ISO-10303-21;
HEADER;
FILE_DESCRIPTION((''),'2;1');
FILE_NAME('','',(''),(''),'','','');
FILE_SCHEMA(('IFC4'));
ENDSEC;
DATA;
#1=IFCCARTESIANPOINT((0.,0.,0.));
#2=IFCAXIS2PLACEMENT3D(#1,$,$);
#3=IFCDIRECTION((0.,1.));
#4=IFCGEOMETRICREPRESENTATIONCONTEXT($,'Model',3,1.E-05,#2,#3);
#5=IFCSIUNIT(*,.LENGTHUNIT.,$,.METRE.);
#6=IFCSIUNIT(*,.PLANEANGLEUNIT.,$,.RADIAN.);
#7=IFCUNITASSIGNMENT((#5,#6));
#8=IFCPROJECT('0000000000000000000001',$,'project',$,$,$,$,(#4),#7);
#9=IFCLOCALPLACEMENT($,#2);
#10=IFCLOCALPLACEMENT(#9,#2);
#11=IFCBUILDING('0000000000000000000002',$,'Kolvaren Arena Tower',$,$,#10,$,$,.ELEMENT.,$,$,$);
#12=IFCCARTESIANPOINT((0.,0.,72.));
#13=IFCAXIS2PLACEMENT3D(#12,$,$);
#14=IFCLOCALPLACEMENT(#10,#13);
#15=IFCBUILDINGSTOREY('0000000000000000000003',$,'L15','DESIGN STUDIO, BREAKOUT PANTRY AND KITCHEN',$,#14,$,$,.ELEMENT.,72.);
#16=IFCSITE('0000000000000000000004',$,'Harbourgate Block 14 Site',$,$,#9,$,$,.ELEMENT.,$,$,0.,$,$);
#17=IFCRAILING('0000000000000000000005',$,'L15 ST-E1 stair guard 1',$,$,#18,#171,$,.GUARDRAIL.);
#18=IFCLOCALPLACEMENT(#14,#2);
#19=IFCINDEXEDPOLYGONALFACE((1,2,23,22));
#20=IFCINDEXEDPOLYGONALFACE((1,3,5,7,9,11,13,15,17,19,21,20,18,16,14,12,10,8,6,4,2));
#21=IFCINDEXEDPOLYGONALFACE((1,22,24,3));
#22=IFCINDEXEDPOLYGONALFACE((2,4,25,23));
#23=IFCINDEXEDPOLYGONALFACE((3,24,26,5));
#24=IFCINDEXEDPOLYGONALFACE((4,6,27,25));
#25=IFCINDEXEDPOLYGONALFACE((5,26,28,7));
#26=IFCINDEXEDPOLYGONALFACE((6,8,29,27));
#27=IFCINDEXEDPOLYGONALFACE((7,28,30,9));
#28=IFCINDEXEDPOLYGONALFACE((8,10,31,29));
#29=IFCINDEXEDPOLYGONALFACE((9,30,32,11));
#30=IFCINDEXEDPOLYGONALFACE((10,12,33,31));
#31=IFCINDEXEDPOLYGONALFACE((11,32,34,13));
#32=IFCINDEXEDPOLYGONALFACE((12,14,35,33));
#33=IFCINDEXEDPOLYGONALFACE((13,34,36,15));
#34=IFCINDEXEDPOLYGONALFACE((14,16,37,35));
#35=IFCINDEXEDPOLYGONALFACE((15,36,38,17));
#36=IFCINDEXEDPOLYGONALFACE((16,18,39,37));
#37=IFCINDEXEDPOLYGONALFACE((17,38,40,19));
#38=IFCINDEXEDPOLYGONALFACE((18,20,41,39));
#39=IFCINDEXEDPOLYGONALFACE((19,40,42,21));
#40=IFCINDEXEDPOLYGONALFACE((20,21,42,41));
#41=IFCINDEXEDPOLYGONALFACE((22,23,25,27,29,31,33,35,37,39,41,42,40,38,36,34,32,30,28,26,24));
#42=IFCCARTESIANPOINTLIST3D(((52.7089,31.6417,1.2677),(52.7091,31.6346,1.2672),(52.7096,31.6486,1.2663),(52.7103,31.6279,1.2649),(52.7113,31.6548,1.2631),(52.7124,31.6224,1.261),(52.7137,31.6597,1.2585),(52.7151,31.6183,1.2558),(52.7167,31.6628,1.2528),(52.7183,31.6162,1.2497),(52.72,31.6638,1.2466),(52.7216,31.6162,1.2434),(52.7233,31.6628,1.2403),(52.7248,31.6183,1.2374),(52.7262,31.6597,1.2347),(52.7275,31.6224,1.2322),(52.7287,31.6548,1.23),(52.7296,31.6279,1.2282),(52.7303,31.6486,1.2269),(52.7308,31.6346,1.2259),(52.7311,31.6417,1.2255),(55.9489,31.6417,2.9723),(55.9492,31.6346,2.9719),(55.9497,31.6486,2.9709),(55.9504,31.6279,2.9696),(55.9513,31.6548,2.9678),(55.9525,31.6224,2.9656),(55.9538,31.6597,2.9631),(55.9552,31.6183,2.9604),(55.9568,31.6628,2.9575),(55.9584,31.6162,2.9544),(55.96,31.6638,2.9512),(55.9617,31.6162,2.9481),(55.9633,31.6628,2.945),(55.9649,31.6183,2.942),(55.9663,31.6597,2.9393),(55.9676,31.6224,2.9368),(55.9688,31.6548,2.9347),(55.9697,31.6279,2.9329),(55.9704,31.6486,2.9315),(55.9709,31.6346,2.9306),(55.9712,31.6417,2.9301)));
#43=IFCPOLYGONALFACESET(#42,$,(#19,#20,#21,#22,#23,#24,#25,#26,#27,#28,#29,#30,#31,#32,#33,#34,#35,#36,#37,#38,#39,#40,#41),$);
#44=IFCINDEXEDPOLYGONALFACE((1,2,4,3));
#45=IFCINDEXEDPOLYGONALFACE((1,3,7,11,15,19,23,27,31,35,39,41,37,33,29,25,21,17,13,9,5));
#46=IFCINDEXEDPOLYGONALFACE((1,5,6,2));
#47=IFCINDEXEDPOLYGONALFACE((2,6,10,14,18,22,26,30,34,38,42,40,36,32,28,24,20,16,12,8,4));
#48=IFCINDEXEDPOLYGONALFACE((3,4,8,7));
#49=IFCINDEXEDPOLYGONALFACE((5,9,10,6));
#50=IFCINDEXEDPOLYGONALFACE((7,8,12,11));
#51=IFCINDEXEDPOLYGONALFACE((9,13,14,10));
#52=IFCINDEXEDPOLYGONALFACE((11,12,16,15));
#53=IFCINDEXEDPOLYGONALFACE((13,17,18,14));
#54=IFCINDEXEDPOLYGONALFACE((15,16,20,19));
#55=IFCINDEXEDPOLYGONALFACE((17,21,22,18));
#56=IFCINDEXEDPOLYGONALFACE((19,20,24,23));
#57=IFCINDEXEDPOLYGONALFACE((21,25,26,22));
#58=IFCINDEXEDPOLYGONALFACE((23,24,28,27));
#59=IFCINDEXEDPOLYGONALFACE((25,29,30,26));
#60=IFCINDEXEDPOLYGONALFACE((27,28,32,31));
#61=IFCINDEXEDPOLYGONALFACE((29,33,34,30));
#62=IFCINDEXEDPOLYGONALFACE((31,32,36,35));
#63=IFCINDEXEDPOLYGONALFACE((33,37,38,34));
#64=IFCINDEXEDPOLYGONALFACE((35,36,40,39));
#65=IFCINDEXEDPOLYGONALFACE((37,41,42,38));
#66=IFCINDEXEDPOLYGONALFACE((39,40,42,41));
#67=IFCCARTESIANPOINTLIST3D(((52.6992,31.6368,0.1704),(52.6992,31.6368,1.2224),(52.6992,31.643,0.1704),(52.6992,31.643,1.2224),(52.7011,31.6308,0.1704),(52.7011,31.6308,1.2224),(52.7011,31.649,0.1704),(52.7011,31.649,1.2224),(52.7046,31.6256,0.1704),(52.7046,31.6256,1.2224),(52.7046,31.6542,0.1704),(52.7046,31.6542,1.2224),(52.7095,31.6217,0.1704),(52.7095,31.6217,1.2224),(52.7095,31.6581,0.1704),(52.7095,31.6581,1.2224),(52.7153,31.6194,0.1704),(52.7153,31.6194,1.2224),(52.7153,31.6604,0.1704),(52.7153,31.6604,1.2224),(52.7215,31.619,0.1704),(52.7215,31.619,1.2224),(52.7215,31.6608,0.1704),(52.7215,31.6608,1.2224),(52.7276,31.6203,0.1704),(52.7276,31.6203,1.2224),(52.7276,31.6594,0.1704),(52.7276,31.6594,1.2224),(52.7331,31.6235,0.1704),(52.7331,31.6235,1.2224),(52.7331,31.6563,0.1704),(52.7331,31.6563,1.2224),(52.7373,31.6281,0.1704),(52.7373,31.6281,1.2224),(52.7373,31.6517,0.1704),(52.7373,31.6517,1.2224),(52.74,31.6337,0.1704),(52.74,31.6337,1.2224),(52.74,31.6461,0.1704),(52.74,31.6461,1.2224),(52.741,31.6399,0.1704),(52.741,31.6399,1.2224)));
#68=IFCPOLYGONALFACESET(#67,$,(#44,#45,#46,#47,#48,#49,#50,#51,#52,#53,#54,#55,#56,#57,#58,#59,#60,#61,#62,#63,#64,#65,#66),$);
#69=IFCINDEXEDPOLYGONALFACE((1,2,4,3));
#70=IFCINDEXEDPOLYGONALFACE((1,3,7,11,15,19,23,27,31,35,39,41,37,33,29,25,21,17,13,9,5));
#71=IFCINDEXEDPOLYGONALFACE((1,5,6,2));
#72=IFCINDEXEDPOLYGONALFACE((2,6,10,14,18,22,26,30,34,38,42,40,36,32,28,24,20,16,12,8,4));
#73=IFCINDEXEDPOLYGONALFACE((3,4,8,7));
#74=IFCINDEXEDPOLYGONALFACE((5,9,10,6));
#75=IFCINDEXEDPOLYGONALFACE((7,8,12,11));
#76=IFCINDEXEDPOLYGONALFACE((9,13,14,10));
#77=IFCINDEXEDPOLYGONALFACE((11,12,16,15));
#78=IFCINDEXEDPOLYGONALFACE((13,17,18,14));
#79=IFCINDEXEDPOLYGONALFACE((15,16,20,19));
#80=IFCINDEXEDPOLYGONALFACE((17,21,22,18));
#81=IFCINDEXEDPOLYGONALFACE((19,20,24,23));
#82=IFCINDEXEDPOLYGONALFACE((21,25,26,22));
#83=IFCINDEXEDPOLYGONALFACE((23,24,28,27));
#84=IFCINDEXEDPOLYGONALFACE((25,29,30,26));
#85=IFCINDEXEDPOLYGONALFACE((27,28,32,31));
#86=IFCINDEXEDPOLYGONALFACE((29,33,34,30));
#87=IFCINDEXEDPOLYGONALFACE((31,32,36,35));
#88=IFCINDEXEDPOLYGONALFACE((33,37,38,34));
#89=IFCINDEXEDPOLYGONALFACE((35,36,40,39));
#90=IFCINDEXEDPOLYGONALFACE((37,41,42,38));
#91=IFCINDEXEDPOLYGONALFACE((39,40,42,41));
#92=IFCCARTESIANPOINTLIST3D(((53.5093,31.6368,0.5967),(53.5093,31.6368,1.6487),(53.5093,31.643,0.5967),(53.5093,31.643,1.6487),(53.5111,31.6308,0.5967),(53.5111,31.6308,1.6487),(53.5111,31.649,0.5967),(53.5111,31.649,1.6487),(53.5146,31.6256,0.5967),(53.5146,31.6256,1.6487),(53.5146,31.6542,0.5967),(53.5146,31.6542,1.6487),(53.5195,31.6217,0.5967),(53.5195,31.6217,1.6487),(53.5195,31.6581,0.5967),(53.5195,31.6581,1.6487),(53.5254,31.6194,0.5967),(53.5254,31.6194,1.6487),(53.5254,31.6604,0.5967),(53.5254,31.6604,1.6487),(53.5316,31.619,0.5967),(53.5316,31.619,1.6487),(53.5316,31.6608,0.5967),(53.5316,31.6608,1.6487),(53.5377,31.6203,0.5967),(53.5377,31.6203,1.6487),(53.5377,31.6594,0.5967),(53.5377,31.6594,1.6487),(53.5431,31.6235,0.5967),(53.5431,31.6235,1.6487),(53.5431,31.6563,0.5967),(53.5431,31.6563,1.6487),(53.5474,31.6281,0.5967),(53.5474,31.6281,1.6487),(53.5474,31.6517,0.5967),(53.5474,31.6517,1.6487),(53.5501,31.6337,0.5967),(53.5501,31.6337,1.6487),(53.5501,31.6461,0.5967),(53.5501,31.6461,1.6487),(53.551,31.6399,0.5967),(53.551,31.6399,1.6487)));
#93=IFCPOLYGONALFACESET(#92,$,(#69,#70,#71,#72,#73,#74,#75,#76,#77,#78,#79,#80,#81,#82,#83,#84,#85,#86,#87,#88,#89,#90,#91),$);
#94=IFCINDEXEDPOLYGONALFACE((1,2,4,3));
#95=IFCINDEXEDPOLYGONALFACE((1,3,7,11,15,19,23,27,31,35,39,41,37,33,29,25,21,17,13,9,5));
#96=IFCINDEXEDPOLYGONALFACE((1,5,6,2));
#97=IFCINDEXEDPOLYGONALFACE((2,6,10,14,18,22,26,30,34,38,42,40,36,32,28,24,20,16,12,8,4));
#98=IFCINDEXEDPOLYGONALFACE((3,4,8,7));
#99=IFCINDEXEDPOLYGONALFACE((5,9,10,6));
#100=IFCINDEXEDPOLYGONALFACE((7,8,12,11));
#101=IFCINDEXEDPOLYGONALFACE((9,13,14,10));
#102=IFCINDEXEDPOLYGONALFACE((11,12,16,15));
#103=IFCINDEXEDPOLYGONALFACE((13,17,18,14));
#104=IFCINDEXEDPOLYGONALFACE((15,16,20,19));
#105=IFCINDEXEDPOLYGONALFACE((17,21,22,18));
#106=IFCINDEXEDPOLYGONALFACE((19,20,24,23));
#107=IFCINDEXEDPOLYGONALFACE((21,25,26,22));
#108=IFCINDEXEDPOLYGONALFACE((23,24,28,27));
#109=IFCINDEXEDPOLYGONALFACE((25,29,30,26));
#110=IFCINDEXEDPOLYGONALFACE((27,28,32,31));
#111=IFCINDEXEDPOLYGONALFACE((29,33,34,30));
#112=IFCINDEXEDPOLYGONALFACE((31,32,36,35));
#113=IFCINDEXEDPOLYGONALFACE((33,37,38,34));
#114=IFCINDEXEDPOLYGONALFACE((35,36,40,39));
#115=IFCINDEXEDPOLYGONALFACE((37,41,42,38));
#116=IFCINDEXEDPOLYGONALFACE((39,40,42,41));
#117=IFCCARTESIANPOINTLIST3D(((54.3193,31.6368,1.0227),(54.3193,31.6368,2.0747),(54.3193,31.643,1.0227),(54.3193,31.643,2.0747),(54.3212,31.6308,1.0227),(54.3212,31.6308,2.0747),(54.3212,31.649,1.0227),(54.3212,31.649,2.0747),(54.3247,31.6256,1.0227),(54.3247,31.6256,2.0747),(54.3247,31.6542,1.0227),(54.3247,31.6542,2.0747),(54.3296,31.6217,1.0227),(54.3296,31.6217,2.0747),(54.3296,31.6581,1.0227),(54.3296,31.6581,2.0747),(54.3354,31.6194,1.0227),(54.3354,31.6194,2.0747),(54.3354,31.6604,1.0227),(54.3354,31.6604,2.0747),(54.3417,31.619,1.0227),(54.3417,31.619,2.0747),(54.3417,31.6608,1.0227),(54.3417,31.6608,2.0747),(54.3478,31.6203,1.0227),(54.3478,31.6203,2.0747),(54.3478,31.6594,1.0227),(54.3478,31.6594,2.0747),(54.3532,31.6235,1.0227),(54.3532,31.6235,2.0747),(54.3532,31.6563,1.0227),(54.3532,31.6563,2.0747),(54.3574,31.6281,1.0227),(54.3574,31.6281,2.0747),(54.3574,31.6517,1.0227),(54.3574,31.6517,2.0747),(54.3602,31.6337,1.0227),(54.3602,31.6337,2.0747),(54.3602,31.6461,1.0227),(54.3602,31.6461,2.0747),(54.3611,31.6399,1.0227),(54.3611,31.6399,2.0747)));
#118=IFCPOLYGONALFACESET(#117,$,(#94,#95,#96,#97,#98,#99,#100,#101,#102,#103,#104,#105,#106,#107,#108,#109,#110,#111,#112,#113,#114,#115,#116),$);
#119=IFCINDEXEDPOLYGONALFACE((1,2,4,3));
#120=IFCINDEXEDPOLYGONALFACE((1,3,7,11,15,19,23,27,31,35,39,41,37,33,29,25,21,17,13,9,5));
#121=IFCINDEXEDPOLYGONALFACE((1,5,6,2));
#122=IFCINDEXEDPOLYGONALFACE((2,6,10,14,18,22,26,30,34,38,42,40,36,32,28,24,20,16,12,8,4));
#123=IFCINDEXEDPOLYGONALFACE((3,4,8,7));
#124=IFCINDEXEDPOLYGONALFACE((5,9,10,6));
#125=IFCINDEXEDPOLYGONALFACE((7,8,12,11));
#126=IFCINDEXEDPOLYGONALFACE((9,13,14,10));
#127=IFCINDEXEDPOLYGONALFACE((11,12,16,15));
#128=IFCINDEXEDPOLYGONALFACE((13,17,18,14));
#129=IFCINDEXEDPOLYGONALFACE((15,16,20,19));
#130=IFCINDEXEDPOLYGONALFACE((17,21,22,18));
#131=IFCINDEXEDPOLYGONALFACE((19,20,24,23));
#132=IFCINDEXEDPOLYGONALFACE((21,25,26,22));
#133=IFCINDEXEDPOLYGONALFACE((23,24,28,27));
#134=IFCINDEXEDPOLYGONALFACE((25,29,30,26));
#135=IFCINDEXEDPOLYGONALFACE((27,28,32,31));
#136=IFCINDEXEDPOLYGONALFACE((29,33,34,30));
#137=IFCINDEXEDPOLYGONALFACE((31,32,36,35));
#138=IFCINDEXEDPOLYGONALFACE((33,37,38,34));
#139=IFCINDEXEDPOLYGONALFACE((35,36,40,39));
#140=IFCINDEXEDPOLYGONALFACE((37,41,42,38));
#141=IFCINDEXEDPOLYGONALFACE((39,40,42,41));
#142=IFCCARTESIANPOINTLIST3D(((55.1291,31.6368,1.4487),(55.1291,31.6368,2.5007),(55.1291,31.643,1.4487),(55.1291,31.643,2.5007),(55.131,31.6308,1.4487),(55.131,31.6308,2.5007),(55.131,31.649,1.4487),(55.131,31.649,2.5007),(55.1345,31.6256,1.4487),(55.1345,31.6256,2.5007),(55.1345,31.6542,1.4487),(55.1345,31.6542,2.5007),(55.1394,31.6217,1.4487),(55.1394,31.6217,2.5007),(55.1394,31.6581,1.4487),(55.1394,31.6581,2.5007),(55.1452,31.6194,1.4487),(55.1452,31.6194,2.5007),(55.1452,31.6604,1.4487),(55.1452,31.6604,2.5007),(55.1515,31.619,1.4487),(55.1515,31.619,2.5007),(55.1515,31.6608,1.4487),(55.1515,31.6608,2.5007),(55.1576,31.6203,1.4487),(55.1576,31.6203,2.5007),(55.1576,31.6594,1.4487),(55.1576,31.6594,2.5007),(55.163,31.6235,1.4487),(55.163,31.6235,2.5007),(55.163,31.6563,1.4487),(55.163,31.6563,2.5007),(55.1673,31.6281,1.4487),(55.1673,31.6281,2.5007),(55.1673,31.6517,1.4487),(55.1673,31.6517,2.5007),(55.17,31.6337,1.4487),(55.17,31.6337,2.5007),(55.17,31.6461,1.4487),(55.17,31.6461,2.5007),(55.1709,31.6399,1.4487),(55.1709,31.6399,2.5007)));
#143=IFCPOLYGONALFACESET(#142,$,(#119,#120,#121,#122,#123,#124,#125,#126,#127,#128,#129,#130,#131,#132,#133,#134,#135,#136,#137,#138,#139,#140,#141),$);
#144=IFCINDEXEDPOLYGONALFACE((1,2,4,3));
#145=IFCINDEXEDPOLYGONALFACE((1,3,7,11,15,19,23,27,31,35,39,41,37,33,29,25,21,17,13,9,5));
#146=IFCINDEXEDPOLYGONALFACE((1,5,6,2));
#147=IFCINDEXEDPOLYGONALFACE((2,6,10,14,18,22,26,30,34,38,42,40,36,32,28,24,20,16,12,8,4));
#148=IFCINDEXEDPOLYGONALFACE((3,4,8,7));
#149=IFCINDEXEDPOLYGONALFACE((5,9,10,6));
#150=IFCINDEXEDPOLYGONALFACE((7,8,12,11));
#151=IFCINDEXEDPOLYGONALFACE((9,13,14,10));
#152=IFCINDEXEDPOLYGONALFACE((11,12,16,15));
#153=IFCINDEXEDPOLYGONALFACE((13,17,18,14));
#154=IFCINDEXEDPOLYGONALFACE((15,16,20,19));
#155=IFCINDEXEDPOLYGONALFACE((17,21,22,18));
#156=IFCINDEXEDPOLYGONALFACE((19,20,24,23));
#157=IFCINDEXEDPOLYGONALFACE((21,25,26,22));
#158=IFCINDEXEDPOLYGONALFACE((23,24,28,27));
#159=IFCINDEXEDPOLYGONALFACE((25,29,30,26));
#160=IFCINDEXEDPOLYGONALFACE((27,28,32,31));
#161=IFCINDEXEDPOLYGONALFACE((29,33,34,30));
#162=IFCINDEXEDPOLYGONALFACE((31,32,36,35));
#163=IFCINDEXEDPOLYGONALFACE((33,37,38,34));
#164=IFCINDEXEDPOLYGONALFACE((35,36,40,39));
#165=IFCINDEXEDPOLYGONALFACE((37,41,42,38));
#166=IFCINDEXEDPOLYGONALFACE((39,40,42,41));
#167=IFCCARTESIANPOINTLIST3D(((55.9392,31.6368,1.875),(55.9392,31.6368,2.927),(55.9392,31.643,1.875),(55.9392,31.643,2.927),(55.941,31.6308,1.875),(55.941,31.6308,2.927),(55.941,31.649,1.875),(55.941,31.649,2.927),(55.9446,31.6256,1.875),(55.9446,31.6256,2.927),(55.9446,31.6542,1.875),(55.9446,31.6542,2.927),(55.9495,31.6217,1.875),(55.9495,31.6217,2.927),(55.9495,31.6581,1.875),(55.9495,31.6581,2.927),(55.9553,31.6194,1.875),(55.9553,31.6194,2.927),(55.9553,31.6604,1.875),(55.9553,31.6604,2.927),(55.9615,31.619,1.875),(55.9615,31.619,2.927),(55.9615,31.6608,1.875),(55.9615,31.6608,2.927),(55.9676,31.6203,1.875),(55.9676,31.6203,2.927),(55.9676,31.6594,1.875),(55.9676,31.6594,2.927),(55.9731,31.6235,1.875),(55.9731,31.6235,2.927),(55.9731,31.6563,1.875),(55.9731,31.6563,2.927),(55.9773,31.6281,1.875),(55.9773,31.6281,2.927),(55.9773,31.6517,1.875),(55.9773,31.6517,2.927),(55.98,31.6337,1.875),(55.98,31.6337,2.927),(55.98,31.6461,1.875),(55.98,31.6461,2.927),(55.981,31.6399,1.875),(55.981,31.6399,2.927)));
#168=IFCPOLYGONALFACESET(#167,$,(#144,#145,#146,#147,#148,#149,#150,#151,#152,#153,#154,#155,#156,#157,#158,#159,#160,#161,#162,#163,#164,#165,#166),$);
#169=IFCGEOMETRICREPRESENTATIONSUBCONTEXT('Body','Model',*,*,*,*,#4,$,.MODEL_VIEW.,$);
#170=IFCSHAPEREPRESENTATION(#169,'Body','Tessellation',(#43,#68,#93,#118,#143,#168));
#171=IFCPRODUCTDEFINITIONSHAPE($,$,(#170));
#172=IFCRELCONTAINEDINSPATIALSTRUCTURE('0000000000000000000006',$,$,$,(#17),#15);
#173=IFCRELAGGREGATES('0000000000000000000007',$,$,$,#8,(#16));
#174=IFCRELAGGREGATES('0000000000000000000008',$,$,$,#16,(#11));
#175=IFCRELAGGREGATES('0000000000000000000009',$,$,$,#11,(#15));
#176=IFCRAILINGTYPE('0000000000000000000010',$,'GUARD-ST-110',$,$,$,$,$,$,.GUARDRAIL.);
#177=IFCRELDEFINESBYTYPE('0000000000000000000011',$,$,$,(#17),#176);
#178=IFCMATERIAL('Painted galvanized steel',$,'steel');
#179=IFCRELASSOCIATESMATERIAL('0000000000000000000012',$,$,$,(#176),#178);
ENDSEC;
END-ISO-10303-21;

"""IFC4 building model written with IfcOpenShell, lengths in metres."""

from ifc_helpers import new_model, si_unit, direction, frame, origin, origin_2d, place, context, subcontext, project, spatial, circle, extrude, material, type_object, element, save


model = new_model("IFC4")

# Units and contexts
model_context = context("Model", 3, precision=1e-05, world=origin(), true_north=direction((0.0, 1.0)))
body_context = subcontext(model_context, "Body", "Model", "MODEL_VIEW")
ifc_project = project(units=[si_unit("LENGTHUNIT", "METRE"), si_unit("PLANEANGLEUNIT", "RADIAN")], contexts=[model_context])

# Site, building, storey
site_placement = place(None, origin())
site = spatial("IfcSite", under=ifc_project, at=site_placement, Name="Harbourgate Block 14 Site", CompositionType="ELEMENT", RefElevation=0.0)
building_placement = place(site_placement, origin())
building = spatial("IfcBuilding", under=site, at=building_placement, Name="Kolvaren Arena Tower", CompositionType="ELEMENT")
storey_placement = place(building_placement, frame((0.0, 0.0, 72.0)))
storey = spatial("IfcBuildingStorey", under=building, at=storey_placement, Name="L15", Description="DESIGN STUDIO, BREAKOUT PANTRY AND KITCHEN", CompositionType="ELEMENT", Elevation=72.0)

# Railing
ifc_material_1 = material(Name="Painted galvanized steel", Category="steel")
railing_type_1 = type_object("IfcRailingType", Name="GUARD-ST-110", PredefinedType="GUARDRAIL", material=ifc_material_1)
railing_1_placement = place(storey_placement, frame((52.72, 31.6399, 0.1704)))
element("IfcRailing", 1, at=railing_1_placement, inside=storey, type_object=railing_type_1, Name="L15 ST-E1 stair guard 1", PredefinedType="GUARDRAIL", context=body_context, shape_type="SweptSolid", body=[
    extrude(circle(Radius=0.0239, at=origin_2d()), frame((0.0, 0.0, 1.0762), z_axis=(0.884993, 0.0, 0.465604), x_axis=(0.0, 1.0, 0.0)), (0.0, 0.0, 1.0), 3.6611),
    extrude(circle(Radius=0.021, at=origin_2d()), origin(), (0.0, 0.0, 1.0), 1.052),
    extrude(circle(Radius=0.021, at=origin_2d()), frame((0.8101, 0.0, 0.4263)), (0.0, 0.0, 1.0), 1.052),
    extrude(circle(Radius=0.021, at=origin_2d()), frame((1.6201, 0.0, 0.8523)), (0.0, 0.0, 1.0), 1.052),
    extrude(circle(Radius=0.021, at=origin_2d()), frame((2.4299, 0.0, 1.2783)), (0.0, 0.0, 1.0), 1.052),
    extrude(circle(Radius=0.021, at=origin_2d()), frame((3.24, 0.0, 1.7046)), (0.0, 0.0, 1.0), 1.052),
])

save(model, "model.ifc")
